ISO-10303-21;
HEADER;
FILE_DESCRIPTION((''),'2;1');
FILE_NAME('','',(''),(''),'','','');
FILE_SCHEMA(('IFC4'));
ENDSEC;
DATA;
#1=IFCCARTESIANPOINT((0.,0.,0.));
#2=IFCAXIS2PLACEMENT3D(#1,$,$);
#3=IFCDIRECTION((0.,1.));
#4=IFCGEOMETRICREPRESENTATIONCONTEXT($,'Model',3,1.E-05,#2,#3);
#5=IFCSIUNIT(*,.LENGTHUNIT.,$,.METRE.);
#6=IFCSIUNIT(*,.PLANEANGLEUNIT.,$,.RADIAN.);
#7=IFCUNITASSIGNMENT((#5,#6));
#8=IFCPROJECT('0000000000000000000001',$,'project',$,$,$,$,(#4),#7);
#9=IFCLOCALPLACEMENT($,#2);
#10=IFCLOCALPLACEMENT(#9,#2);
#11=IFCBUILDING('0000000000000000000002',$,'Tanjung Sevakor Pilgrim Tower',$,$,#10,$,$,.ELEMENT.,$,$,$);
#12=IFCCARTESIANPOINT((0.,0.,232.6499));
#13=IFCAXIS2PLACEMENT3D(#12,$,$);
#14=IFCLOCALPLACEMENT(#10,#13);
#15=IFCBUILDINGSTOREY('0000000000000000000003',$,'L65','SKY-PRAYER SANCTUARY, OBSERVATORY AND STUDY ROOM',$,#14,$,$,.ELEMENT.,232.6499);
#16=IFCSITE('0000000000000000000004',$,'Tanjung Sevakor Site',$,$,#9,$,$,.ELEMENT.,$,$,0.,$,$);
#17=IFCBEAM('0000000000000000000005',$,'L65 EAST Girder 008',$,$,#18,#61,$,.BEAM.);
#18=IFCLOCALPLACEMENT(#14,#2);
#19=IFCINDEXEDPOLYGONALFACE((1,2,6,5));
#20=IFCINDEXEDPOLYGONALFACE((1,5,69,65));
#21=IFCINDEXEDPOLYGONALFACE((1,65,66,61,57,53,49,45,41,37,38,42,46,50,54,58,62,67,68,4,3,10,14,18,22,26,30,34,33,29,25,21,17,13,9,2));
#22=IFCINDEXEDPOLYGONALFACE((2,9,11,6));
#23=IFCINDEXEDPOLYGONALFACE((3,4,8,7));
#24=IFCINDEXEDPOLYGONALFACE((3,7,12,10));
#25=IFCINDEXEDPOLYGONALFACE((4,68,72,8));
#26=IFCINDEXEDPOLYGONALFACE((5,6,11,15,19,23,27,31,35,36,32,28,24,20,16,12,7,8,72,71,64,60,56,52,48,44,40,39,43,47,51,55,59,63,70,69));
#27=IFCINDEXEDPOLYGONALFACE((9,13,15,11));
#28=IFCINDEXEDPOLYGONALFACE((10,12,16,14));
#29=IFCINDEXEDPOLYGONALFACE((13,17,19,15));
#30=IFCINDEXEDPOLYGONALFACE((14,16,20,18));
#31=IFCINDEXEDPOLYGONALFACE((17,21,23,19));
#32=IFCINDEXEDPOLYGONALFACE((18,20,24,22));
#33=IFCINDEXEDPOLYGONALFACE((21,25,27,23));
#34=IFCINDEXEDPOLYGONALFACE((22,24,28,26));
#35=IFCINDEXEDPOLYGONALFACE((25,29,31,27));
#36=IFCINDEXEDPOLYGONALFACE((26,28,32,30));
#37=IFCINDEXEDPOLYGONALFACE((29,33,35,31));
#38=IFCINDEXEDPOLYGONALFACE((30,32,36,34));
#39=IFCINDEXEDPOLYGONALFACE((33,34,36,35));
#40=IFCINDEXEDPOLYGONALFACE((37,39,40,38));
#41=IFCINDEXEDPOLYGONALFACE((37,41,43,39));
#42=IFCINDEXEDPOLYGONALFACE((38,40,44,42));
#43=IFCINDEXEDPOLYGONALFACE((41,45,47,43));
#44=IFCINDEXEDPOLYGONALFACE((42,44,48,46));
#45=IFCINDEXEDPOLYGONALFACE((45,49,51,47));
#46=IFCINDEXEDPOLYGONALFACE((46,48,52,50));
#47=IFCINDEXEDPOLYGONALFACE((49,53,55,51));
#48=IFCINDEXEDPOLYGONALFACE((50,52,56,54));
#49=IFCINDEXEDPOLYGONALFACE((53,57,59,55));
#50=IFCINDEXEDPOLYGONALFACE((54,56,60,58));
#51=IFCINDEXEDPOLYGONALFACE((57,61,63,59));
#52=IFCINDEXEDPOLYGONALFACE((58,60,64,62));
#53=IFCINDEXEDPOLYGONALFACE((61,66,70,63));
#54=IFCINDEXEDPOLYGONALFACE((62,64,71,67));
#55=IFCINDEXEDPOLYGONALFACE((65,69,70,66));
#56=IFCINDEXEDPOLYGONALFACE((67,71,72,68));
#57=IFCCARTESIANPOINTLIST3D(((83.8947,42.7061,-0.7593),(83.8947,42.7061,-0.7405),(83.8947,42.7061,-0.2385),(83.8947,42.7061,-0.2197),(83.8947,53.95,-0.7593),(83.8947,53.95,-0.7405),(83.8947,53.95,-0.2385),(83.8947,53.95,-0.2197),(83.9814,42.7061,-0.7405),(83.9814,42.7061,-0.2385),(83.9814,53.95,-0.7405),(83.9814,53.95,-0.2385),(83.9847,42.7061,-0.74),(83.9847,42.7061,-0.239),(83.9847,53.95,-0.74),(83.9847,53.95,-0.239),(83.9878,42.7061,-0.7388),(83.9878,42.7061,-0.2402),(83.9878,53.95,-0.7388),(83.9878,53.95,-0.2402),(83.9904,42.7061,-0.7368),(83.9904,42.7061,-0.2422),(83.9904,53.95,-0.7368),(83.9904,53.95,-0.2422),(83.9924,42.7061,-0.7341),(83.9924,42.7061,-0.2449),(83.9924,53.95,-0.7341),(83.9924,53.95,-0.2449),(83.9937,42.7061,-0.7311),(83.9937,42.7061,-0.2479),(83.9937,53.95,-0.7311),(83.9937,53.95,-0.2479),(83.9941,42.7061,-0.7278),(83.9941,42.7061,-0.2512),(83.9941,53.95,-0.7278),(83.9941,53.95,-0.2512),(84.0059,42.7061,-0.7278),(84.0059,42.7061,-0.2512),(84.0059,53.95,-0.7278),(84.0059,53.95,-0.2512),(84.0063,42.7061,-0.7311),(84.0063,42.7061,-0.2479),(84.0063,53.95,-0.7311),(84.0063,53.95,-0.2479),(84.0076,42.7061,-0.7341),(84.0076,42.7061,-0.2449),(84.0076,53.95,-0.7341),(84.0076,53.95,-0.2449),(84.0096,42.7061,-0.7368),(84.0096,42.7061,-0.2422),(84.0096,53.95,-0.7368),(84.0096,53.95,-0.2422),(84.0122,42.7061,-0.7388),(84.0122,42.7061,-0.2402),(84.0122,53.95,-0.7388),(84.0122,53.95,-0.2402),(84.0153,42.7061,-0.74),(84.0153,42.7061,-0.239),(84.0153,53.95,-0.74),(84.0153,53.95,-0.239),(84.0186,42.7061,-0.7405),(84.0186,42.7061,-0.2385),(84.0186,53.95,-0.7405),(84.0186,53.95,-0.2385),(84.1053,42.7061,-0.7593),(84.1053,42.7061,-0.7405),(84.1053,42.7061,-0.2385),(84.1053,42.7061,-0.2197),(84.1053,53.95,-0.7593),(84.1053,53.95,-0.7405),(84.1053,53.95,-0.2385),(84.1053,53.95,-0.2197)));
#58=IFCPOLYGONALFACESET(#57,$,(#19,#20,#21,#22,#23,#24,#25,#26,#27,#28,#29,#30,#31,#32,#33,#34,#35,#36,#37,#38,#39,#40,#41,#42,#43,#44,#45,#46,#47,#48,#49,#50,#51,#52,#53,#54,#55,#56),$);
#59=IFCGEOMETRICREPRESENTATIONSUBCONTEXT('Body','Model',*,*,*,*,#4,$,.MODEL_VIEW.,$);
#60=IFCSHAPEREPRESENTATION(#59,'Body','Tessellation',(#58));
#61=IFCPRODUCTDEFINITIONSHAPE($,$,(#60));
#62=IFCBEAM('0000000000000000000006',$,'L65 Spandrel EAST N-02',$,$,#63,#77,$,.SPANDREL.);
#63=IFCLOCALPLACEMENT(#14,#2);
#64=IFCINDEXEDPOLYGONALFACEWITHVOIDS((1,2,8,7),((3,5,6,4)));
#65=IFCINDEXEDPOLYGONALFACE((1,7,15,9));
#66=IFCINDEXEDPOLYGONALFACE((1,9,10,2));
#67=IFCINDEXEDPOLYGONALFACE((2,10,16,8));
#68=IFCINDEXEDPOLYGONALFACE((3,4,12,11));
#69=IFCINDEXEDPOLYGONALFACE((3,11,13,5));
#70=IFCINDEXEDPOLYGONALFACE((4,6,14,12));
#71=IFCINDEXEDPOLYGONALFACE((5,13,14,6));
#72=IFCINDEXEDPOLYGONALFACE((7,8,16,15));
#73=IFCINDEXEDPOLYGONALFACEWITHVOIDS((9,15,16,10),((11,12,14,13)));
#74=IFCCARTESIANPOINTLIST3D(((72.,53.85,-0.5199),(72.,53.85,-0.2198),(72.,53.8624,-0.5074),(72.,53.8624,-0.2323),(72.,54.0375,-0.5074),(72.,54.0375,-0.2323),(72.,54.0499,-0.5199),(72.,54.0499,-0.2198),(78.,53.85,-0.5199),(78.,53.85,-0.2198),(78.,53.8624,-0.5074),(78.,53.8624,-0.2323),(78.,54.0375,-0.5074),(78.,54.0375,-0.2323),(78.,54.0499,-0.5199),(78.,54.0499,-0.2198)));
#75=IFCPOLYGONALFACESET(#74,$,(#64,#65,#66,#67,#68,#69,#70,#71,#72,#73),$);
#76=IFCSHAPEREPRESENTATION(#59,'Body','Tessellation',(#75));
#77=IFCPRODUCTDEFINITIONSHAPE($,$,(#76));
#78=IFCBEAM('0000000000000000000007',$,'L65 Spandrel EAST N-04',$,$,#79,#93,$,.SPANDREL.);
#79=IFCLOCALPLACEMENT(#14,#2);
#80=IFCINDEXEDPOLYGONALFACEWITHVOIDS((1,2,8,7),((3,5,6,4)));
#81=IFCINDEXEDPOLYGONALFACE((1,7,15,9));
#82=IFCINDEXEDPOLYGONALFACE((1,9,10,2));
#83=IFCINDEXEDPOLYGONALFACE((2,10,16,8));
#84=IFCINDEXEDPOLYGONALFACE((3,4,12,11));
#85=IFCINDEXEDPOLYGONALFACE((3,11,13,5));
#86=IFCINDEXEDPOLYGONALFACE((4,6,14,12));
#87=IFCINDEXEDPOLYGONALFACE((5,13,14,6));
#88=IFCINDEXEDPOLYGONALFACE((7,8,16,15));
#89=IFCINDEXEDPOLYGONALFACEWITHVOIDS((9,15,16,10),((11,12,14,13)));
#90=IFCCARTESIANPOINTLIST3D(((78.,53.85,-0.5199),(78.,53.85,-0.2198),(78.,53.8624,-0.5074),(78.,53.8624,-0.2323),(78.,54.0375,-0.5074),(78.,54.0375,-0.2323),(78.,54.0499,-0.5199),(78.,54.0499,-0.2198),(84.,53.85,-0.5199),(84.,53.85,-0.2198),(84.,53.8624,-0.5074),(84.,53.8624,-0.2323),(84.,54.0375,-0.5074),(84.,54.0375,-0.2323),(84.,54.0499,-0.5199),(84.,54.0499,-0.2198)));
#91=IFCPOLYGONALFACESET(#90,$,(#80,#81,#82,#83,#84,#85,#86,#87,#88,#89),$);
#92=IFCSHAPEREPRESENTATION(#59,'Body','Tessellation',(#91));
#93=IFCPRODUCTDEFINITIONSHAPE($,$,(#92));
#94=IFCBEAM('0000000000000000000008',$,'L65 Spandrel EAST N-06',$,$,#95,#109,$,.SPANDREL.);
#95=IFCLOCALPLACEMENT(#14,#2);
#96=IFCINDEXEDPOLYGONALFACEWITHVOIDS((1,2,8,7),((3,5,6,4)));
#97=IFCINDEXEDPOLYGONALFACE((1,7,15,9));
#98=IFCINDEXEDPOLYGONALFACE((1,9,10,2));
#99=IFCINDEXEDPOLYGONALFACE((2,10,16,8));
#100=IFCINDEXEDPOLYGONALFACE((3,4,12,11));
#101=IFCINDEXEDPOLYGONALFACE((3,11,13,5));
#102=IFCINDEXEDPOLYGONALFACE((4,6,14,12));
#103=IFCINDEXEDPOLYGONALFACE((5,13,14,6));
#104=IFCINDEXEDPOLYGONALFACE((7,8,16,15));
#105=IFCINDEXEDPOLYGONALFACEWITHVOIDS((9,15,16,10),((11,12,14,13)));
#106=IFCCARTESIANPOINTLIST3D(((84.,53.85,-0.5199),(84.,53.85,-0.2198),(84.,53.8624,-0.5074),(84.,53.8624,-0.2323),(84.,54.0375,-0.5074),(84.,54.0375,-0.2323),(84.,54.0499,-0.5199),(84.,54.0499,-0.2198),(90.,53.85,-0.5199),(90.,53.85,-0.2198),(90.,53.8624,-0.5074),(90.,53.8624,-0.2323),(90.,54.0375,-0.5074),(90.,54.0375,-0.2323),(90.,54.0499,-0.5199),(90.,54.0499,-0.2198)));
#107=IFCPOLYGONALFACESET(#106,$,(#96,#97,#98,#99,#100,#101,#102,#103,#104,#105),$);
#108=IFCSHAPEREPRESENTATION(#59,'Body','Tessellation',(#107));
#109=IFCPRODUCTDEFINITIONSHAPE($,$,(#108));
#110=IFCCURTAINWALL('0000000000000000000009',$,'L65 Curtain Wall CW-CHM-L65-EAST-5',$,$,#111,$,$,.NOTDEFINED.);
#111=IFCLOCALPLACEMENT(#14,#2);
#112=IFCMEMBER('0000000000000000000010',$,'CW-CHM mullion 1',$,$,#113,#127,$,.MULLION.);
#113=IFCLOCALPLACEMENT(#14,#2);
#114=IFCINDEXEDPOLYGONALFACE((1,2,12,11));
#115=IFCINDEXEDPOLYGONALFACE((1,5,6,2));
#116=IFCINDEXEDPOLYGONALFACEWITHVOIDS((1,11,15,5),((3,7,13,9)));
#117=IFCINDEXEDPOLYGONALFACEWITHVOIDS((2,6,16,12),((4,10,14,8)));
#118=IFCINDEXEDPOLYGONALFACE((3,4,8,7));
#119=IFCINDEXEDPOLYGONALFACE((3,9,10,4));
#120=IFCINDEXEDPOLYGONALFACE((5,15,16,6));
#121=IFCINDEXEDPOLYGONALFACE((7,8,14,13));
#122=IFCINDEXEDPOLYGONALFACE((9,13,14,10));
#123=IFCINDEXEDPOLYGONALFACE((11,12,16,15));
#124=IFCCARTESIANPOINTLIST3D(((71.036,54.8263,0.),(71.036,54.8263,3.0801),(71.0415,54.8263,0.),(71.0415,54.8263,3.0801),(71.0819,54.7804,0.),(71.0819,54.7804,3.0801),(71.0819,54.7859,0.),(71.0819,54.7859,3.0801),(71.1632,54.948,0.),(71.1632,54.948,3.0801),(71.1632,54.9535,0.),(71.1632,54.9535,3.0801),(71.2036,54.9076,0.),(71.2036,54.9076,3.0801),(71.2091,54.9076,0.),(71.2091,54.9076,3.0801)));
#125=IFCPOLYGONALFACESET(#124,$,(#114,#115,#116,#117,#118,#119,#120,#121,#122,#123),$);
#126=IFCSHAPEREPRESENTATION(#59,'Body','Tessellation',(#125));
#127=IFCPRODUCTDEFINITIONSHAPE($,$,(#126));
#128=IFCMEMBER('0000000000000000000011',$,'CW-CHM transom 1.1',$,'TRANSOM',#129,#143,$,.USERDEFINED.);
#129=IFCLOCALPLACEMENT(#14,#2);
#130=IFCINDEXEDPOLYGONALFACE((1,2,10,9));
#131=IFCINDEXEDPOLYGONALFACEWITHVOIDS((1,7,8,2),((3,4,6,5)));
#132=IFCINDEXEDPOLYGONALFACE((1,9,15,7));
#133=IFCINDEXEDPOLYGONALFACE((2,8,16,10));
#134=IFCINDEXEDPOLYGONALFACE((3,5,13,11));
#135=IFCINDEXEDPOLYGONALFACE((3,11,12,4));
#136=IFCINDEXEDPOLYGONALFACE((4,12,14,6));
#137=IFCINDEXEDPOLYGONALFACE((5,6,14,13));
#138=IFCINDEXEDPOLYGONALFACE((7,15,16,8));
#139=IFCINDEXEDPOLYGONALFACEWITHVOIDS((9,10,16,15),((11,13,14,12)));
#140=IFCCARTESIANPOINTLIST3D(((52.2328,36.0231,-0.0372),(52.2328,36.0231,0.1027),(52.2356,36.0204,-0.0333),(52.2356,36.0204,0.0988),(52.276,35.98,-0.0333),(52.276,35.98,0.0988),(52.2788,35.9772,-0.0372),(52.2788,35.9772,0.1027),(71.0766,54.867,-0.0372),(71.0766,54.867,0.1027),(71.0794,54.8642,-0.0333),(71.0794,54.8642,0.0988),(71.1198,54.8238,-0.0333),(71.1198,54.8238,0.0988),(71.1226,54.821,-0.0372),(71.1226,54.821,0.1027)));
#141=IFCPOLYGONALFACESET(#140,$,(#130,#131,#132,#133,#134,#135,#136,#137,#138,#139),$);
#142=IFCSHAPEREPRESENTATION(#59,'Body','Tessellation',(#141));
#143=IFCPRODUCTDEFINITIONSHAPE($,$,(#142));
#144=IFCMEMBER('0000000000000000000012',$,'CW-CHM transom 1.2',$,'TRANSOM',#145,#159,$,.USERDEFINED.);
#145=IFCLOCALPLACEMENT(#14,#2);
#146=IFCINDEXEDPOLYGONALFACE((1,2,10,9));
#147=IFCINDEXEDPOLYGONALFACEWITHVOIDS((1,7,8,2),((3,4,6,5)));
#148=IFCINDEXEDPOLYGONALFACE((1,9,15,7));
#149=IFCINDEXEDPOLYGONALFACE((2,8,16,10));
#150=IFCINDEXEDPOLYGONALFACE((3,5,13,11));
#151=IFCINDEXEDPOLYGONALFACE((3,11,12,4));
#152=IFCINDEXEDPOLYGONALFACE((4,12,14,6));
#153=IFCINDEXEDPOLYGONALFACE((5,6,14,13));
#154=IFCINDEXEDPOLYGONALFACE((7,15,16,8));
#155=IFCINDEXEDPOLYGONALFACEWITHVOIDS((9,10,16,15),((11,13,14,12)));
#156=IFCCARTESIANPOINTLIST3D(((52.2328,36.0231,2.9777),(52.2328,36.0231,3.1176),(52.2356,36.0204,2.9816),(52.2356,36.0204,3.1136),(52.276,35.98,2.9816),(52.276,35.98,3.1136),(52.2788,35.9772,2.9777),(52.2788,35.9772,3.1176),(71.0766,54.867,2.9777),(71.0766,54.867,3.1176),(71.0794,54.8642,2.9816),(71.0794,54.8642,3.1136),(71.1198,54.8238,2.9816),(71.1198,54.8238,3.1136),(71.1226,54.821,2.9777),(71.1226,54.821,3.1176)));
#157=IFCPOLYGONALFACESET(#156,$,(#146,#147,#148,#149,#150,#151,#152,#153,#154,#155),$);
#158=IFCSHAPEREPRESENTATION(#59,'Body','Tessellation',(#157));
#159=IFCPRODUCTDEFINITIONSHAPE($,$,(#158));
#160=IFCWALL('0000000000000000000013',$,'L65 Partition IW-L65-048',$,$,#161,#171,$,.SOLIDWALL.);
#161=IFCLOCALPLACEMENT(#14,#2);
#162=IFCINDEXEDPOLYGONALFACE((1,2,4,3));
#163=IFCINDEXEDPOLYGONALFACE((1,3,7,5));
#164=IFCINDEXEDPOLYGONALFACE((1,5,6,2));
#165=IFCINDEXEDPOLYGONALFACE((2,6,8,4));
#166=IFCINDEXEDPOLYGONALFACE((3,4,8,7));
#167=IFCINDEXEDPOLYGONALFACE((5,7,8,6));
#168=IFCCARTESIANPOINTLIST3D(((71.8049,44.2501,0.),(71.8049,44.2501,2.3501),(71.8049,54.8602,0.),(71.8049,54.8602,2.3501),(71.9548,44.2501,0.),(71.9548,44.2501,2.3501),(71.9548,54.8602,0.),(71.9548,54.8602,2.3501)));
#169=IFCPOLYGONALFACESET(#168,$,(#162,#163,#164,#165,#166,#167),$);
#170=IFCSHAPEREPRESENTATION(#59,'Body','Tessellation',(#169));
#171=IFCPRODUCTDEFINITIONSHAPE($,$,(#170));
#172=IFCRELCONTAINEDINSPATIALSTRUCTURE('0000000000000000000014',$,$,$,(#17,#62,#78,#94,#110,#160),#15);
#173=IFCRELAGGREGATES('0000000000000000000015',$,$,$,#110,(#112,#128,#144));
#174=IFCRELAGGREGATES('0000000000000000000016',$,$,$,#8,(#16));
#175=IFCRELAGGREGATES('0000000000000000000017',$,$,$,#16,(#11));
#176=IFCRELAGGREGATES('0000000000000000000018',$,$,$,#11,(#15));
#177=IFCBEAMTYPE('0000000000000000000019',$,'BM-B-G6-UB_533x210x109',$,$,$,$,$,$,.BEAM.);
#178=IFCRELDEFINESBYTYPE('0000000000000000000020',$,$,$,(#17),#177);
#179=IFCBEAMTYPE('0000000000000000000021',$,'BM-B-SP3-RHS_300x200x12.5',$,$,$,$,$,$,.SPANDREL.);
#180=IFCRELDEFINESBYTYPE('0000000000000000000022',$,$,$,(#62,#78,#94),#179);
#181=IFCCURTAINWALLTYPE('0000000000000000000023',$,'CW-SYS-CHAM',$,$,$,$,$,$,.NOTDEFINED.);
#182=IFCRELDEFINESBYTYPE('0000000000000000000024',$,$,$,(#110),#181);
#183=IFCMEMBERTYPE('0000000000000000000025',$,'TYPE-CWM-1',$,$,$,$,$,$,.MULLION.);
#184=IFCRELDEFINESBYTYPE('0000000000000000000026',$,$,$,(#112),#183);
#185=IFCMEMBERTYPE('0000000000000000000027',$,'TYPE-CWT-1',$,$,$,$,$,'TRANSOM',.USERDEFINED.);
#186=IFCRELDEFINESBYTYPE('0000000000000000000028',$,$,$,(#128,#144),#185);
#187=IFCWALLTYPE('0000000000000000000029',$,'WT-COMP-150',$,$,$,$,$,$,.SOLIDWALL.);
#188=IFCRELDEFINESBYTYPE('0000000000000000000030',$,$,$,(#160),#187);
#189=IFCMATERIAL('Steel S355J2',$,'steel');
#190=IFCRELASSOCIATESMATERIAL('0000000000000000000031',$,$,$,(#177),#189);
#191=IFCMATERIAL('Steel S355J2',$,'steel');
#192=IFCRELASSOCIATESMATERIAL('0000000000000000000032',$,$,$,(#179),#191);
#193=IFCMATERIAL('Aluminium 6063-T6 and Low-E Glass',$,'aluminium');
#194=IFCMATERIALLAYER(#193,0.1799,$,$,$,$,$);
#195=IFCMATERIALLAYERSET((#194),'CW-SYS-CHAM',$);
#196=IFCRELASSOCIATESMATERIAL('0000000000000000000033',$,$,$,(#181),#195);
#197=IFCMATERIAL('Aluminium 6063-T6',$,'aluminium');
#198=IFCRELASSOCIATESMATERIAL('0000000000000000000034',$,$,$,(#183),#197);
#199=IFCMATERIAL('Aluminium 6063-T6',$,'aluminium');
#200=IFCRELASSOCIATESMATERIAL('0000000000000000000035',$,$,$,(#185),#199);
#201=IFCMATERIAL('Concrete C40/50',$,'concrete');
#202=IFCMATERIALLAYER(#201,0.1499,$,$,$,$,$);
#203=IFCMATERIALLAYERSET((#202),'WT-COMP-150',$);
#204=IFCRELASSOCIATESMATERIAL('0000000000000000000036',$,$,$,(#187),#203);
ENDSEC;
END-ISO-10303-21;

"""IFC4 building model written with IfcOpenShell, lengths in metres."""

from ifc_helpers import new_model, si_unit, direction, frame, frame_2d, origin, origin_2d, place, context, subcontext, project, spatial, rectangle, hollow_rectangle, i_section, extrude, material, layer, layer_set, material_profile, profile_set, type_object, element, aggregate, save


model = new_model("IFC4")

# Units and contexts
model_context = context("Model", 3, precision=1e-05, world=origin(), true_north=direction((0.0, 1.0)))
body_context = subcontext(model_context, "Body", "Model", "MODEL_VIEW")
ifc_project = project(units=[si_unit("LENGTHUNIT", "METRE"), si_unit("PLANEANGLEUNIT", "RADIAN")], contexts=[model_context])

# Site, building, storey
site_placement = place(None, origin())
site = spatial("IfcSite", under=ifc_project, at=site_placement, Name="Tanjung Sevakor Site", CompositionType="ELEMENT", RefElevation=0.0)
building_placement = place(site_placement, origin())
building = spatial("IfcBuilding", under=site, at=building_placement, Name="Tanjung Sevakor Pilgrim Tower", CompositionType="ELEMENT")
storey_placement = place(building_placement, frame((0.0, 0.0, 232.6499)))
storey = spatial("IfcBuildingStorey", under=building, at=storey_placement, Name="L65", Description="SKY-PRAYER SANCTUARY, OBSERVATORY AND STUDY ROOM", CompositionType="ELEMENT", Elevation=232.6499)

# Beams
ifc_material_1 = material(Name="Steel S355J2", Category="steel")
ifc_material_profile_1 = material_profile(ifc_material_1, i_section(OverallWidth=0.2107, OverallDepth=0.5396, WebThickness=0.0117, FlangeThickness=0.0188, FilletRadius=0.0127, at=origin_2d()))
ifc_profile_set_1 = profile_set([ifc_material_profile_1], Name="Steel S355J2")
beam_type_1 = type_object("IfcBeamType", Name="BM-B-G6-UB_533x210x109", PredefinedType="BEAM", material=ifc_profile_set_1)
for number, where, z_axis, x_axis, name in (
    (1, (84.0, 42.7061, -0.4895), (0.0, 1.0, 0.0), (-1.0, 0.0, 0.0), "L65 EAST Girder 008"),
):
    element("IfcBeam", number, at=place(storey_placement, frame(where, z_axis=z_axis, x_axis=x_axis)), inside=storey, type_object=beam_type_1, Name=name, PredefinedType="BEAM", context=body_context, shape_type="SweptSolid", body=[
        extrude(i_section(OverallWidth=0.2107, OverallDepth=0.5396, WebThickness=0.0117, FlangeThickness=0.0188, FilletRadius=0.0127, at=origin_2d()), origin(), (0.0, 0.0, 1.0), 11.2439),
    ])
ifc_material_2 = material(Name="Steel S355J2", Category="steel")
ifc_material_profile_2 = material_profile(ifc_material_2, hollow_rectangle(XDim=0.2, YDim=0.3, WallThickness=0.0125, at=origin_2d()))
ifc_profile_set_2 = profile_set([ifc_material_profile_2], Name="Steel S355J2")
beam_type_2 = type_object("IfcBeamType", Name="BM-B-SP3-RHS_300x200x12.5", PredefinedType="SPANDREL", material=ifc_profile_set_2)
for number, where, z_axis, x_axis, name in (
    (2, (72.0, 53.95, -0.3699), (1.0, 0.0, 0.0), (0.0, 1.0, 0.0), "L65 Spandrel EAST N-02"),
    (3, (78.0, 53.95, -0.3699), (1.0, 0.0, 0.0), (0.0, 1.0, 0.0), "L65 Spandrel EAST N-04"),
    (4, (84.0, 53.95, -0.3699), (1.0, 0.0, 0.0), (0.0, 1.0, 0.0), "L65 Spandrel EAST N-06"),
):
    element("IfcBeam", number, at=place(storey_placement, frame(where, z_axis=z_axis, x_axis=x_axis)), inside=storey, type_object=beam_type_2, Name=name, PredefinedType="SPANDREL", context=body_context, shape_type="SweptSolid", body=[
        extrude(hollow_rectangle(XDim=0.2, YDim=0.3, WallThickness=0.0125, at=origin_2d()), origin(), (0.0, 0.0, 1.0), 6.0),
    ])

# Curtain wall, members
ifc_material_3 = material(Name="Aluminium 6063-T6 and Low-E Glass", Category="aluminium")
ifc_layer_1 = layer(ifc_material_3, 0.1799)
ifc_layer_set_1 = layer_set([ifc_layer_1], Name="CW-SYS-CHAM")
curtain_wall_type = type_object("IfcCurtainWallType", Name="CW-SYS-CHAM", PredefinedType="NOTDEFINED", material=ifc_layer_set_1)
curtain_wall_placement = place(storey_placement, origin())
curtain_wall = element("IfcCurtainWall", 5, at=curtain_wall_placement, inside=storey, type_object=curtain_wall_type, Name="L65 Curtain Wall CW-CHM-L65-EAST-5", PredefinedType="NOTDEFINED")
ifc_material_4 = material(Name="Aluminium 6063-T6", Category="aluminium")
ifc_material_profile_3 = material_profile(ifc_material_4, hollow_rectangle(XDim=0.0649, YDim=0.1799, WallThickness=0.0039, at=origin_2d()))
ifc_profile_set_3 = profile_set([ifc_material_profile_3], Name="Aluminium 6063-T6")
member_type_1 = type_object("IfcMemberType", Name="TYPE-CWM-1", PredefinedType="MULLION", material=ifc_profile_set_3)
member_1_placement = place(storey_placement, frame((71.1226, 54.8669, 0.0), z_axis=(0.0, 0.0, 1.0), x_axis=(0.707107, -0.707107, 0.0)))
member_1 = element("IfcMember", 6, at=member_1_placement, type_object=member_type_1, Name="CW-CHM mullion 1", PredefinedType="MULLION", context=body_context, shape_type="SweptSolid", body=[
    extrude(hollow_rectangle(XDim=0.0649, YDim=0.1799, WallThickness=0.0039, at=origin_2d()), origin(), (0.0, 0.0, 1.0), 3.0801),
])
ifc_material_5 = material(Name="Aluminium 6063-T6", Category="aluminium")
ifc_material_profile_4 = material_profile(ifc_material_5, hollow_rectangle(XDim=0.0649, YDim=0.1399, WallThickness=0.0039, at=origin_2d()))
ifc_profile_set_4 = profile_set([ifc_material_profile_4], Name="Aluminium 6063-T6")
member_type_2 = type_object("IfcMemberType", Name="TYPE-CWT-1", ElementType="TRANSOM", PredefinedType="USERDEFINED", material=ifc_profile_set_4)
member_2_placement = place(storey_placement, frame((71.0996, 54.844, 0.0327), z_axis=(-0.707107, -0.707107, 0.0), x_axis=(0.707107, -0.707107, 0.0)))
member_2 = element("IfcMember", 7, at=member_2_placement, type_object=member_type_2, Name="CW-CHM transom 1.1", ObjectType="TRANSOM", PredefinedType="USERDEFINED", context=body_context, shape_type="SweptSolid", body=[
    extrude(hollow_rectangle(XDim=0.0649, YDim=0.1399, WallThickness=0.0039, at=origin_2d()), origin(), (0.0, 0.0, 1.0), 26.6492),
])
member_3_placement = place(storey_placement, frame((71.0996, 54.844, 3.0476), z_axis=(-0.707107, -0.707107, 0.0), x_axis=(0.707107, -0.707107, 0.0)))
member_3 = element("IfcMember", 8, at=member_3_placement, type_object=member_type_2, Name="CW-CHM transom 1.2", ObjectType="TRANSOM", PredefinedType="USERDEFINED", context=body_context, shape_type="SweptSolid", body=[
    extrude(hollow_rectangle(XDim=0.0649, YDim=0.1399, WallThickness=0.0039, at=origin_2d()), origin(), (0.0, 0.0, 1.0), 26.6492),
])
aggregate(curtain_wall, [member_1, member_2, member_3])

# Wall
ifc_material_6 = material(Name="Concrete C40/50", Category="concrete")
ifc_layer_2 = layer(ifc_material_6, 0.1499)
ifc_layer_set_2 = layer_set([ifc_layer_2], Name="WT-COMP-150")
wall_type = type_object("IfcWallType", Name="WT-COMP-150", PredefinedType="SOLIDWALL", material=ifc_layer_set_2)
wall_1_placement = place(storey_placement, frame((71.8799, 44.25, 0.0), z_axis=(0.0, 0.0, 1.0), x_axis=(0.0, 1.0, 0.0)))
element("IfcWall", 9, at=wall_1_placement, inside=storey, type_object=wall_type, Name="L65 Partition IW-L65-048", PredefinedType="SOLIDWALL", context=body_context, shape_type="SweptSolid", body=[
    extrude(rectangle(XDim=10.6101, YDim=0.1499, at=frame_2d((5.3052, 0.0))), origin(), (0.0, 0.0, 1.0), 2.3501),
])

save(model, "model.ifc")
